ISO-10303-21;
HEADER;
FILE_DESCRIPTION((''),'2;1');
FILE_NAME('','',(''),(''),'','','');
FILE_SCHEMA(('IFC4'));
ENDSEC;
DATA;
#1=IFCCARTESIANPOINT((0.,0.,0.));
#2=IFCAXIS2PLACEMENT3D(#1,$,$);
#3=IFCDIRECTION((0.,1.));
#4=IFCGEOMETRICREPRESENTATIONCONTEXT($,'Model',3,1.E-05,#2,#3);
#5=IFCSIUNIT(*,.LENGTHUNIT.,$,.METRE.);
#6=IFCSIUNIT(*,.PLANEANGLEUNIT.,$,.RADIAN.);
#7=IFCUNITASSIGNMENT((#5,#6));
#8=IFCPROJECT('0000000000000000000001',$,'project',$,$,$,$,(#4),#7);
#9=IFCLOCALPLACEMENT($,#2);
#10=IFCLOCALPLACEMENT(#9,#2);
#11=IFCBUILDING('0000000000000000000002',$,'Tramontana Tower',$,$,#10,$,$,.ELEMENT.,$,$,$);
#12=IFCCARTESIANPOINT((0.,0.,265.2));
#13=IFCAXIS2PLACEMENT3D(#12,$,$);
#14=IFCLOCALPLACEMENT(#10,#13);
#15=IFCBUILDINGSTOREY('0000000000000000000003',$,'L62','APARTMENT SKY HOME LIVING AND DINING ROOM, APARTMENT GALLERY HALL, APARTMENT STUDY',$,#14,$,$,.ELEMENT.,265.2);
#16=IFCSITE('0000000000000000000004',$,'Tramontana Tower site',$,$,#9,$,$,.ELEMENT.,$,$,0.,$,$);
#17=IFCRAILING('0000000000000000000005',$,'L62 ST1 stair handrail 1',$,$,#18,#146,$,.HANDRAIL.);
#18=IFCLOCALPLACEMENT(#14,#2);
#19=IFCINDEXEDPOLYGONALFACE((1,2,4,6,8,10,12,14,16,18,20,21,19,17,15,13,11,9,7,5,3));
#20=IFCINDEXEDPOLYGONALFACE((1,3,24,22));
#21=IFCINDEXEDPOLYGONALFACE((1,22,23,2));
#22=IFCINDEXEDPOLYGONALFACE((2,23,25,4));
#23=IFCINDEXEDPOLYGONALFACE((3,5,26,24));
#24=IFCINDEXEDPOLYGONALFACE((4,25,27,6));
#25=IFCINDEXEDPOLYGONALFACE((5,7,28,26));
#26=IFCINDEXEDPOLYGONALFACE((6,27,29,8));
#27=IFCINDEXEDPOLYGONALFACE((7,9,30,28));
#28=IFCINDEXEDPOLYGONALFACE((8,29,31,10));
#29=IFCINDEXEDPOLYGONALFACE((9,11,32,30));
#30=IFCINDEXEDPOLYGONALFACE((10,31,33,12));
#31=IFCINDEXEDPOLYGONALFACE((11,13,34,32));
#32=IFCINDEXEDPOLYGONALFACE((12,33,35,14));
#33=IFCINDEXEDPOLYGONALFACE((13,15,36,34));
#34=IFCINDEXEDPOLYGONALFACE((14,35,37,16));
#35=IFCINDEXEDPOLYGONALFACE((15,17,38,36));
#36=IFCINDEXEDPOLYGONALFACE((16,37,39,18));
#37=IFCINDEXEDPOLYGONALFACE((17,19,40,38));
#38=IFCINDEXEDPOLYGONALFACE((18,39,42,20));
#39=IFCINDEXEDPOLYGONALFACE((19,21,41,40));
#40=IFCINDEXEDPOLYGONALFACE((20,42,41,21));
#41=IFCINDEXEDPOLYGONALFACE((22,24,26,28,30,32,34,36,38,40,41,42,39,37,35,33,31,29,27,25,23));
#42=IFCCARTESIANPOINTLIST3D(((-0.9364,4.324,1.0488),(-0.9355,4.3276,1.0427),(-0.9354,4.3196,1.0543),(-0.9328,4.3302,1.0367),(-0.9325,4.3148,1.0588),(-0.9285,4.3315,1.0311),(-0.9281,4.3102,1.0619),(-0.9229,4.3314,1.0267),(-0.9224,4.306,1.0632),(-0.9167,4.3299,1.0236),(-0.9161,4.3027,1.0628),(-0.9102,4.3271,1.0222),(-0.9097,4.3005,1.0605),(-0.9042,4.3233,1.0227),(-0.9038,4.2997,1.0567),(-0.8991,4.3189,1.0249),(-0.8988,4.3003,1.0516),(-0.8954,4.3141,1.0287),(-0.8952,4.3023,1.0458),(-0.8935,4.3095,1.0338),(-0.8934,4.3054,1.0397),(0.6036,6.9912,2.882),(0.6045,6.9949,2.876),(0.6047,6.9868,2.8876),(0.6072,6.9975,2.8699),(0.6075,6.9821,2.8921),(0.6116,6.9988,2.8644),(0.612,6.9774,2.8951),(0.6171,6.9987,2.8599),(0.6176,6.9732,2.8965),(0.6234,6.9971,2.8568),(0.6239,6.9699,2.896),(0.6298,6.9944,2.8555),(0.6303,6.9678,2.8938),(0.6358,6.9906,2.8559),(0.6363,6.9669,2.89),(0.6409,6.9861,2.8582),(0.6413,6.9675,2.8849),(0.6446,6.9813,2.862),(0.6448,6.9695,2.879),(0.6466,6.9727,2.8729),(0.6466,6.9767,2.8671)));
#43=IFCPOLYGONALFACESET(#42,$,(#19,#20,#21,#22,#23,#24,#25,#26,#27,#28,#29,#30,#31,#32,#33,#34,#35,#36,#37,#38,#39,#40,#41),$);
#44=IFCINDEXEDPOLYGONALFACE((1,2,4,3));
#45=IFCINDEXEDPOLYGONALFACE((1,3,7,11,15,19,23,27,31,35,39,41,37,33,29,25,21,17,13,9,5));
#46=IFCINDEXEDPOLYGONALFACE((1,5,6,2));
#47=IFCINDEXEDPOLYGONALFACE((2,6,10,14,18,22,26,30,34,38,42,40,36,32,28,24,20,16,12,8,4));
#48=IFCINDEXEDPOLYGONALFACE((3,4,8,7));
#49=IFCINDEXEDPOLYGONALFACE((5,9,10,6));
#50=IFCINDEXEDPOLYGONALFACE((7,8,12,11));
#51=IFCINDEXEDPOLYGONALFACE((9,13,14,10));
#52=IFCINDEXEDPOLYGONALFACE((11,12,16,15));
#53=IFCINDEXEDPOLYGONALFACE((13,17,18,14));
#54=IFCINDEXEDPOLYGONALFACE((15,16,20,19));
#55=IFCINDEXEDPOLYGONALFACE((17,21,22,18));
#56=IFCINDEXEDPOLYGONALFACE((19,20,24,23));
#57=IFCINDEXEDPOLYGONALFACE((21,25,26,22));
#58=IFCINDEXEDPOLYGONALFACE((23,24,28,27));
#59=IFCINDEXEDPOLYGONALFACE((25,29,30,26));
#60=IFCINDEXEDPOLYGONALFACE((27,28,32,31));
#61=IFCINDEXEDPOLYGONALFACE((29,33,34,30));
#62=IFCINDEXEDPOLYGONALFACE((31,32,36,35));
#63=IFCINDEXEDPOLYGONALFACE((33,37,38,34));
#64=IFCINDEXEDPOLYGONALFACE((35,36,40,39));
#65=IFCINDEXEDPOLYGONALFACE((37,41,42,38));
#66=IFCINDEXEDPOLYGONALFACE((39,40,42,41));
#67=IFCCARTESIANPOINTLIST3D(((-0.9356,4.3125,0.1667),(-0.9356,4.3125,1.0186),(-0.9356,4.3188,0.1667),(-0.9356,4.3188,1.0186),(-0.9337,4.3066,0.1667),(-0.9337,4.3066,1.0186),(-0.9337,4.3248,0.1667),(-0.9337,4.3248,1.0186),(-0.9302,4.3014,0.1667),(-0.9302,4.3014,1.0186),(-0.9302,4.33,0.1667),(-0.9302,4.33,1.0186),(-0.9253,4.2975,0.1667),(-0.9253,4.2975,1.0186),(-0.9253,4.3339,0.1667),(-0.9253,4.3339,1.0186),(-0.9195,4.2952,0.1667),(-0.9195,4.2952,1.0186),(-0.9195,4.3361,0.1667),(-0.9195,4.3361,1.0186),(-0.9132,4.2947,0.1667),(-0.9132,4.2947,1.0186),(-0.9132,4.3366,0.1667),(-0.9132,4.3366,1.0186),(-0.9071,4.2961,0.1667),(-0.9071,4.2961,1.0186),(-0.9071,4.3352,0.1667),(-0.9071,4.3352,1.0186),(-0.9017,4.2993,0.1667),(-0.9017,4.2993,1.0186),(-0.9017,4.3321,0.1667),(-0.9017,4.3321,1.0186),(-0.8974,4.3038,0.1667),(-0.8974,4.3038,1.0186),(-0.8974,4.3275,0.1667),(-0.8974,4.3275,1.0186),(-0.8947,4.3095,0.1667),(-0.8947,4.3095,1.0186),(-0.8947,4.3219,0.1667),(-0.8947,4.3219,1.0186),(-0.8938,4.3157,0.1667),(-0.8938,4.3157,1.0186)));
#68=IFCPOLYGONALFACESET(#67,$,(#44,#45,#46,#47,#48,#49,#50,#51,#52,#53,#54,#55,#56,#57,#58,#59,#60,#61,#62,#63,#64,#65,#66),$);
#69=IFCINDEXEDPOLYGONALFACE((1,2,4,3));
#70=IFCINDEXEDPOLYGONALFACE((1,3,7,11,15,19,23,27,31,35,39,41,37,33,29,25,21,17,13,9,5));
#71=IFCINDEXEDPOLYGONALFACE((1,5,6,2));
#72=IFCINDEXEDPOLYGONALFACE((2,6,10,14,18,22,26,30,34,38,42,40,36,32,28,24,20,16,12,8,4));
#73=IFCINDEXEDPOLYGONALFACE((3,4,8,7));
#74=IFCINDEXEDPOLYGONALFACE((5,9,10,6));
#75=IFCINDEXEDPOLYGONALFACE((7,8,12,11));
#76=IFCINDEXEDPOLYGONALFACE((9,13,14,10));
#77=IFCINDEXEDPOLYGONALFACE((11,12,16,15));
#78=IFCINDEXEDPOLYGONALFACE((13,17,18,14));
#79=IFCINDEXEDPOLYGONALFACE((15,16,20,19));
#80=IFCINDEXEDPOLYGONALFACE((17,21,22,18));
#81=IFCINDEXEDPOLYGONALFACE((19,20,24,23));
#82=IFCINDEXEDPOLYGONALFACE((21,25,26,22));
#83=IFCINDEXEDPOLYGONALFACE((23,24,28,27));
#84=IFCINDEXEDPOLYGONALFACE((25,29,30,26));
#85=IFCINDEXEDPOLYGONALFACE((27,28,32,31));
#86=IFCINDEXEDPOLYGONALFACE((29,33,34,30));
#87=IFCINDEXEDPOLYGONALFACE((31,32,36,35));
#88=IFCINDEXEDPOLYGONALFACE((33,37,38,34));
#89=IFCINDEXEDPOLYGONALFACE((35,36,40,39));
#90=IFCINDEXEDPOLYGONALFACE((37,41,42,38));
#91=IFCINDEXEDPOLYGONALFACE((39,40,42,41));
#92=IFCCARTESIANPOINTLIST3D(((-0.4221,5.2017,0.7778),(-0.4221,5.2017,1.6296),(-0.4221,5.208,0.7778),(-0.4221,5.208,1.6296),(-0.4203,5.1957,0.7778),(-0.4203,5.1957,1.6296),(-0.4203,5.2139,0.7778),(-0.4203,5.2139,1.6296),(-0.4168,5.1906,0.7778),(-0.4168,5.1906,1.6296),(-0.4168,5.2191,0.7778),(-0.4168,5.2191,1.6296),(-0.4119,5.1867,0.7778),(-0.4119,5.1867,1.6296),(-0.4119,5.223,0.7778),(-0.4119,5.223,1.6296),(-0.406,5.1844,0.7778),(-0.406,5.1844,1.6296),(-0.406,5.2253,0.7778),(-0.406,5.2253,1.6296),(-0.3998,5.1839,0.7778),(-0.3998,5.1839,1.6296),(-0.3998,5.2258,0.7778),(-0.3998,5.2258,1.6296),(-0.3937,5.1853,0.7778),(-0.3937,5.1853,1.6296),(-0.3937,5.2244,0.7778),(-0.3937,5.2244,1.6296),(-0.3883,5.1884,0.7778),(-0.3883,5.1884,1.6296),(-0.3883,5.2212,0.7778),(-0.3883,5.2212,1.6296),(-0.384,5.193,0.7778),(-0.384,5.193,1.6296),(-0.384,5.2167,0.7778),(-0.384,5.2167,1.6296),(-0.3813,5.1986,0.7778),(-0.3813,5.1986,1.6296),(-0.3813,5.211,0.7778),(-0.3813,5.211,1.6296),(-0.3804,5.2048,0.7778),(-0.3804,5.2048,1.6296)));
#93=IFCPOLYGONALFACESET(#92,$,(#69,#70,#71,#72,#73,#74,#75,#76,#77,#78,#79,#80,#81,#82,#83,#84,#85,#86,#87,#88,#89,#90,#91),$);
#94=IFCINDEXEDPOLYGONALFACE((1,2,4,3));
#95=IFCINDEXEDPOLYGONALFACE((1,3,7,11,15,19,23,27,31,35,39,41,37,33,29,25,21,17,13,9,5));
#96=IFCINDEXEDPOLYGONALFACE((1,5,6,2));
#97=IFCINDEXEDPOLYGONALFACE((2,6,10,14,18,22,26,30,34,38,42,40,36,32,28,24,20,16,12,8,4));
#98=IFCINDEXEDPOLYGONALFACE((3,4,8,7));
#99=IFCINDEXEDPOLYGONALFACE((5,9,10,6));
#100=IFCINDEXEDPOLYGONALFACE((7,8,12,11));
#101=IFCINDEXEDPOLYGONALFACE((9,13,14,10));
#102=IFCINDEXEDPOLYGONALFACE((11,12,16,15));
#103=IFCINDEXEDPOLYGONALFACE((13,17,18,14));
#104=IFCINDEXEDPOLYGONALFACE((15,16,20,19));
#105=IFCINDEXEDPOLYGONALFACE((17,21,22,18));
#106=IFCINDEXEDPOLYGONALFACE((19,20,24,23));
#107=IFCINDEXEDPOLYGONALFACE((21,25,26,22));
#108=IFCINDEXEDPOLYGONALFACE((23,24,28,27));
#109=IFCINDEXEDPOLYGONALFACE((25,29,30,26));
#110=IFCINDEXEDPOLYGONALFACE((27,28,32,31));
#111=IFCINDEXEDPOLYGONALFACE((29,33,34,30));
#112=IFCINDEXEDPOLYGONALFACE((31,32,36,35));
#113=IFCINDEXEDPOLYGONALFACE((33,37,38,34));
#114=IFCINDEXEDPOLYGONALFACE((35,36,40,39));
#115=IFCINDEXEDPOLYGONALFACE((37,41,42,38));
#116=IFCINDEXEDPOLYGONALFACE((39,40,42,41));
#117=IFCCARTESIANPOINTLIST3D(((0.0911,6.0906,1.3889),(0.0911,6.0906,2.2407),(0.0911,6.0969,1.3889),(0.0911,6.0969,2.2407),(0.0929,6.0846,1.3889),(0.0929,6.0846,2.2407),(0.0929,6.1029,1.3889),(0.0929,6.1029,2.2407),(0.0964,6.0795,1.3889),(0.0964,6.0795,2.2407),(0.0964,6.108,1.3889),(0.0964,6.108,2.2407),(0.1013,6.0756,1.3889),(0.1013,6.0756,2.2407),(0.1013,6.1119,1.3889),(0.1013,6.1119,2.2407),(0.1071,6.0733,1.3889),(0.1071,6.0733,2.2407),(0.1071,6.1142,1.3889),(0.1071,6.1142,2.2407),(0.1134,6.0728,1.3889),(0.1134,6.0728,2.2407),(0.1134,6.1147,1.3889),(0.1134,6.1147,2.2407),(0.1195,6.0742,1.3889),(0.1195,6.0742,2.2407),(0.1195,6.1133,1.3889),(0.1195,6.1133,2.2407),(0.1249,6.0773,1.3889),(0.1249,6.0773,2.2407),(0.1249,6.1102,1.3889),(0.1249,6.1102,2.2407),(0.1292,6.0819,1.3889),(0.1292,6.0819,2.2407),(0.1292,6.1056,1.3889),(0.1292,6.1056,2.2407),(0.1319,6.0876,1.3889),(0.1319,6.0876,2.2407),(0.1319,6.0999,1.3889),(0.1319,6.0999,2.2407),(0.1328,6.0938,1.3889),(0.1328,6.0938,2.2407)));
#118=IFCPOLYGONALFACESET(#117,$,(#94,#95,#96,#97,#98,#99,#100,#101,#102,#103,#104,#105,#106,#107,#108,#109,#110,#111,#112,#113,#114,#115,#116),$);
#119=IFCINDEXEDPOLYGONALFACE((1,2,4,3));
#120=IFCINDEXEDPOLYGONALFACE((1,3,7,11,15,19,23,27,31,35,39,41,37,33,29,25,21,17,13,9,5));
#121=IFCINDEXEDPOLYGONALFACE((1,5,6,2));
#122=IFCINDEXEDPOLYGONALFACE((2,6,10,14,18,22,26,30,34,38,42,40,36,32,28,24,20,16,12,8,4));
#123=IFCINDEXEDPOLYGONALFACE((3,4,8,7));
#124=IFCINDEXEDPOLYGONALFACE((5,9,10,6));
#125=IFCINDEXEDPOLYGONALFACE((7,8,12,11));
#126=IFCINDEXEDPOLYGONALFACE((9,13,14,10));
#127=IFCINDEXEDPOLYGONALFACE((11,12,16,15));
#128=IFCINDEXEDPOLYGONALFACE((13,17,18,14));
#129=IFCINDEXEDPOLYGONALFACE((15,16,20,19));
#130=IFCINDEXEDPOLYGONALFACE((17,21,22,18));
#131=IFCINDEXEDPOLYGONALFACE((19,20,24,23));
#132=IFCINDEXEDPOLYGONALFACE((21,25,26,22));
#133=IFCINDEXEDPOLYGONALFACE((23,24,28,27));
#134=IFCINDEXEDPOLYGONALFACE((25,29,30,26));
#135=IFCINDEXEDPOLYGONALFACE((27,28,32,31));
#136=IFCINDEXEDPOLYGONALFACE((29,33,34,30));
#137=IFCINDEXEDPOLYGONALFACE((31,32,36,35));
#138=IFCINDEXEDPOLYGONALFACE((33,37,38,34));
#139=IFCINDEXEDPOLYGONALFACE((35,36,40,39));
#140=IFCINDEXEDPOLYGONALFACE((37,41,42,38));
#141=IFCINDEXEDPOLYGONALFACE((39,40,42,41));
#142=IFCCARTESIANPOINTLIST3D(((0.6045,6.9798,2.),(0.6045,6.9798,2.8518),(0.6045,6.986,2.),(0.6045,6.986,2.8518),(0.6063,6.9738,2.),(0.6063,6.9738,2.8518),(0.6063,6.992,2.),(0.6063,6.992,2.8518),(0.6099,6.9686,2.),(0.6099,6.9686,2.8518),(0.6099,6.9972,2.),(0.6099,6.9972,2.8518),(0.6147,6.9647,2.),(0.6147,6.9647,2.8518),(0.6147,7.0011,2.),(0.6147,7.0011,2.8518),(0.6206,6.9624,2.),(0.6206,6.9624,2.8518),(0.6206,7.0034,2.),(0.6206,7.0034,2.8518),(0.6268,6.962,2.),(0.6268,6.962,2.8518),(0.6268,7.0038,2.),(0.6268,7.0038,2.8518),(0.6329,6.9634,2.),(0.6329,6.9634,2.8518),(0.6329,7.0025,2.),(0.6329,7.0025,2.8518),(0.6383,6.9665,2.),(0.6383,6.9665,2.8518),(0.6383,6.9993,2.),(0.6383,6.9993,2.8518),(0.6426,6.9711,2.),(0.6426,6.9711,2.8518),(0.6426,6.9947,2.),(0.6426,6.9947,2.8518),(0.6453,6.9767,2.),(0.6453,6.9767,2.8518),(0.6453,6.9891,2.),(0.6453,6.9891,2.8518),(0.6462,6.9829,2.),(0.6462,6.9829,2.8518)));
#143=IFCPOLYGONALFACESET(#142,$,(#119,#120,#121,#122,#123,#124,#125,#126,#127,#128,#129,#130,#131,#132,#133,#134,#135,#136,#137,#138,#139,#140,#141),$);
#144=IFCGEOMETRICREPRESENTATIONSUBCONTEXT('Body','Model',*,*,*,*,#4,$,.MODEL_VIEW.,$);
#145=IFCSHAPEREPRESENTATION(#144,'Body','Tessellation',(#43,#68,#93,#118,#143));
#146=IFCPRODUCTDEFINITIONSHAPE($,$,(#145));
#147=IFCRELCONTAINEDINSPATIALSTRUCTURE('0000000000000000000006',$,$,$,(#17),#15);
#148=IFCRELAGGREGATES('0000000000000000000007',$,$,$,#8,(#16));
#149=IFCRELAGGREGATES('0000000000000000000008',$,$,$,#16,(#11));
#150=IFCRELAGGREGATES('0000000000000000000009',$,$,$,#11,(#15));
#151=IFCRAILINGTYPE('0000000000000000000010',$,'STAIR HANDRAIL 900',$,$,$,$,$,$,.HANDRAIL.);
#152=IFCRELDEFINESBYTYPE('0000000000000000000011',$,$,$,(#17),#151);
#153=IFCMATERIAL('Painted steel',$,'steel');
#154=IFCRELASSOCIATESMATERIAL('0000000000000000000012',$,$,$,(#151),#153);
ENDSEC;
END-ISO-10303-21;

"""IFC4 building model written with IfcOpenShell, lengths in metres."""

from ifc_helpers import new_model, si_unit, direction, frame, origin, origin_2d, place, context, subcontext, project, spatial, circle, extrude, material, type_object, element, save


model = new_model("IFC4")

# Units and contexts
model_context = context("Model", 3, precision=1e-05, world=origin(), true_north=direction((0.0, 1.0)))
body_context = subcontext(model_context, "Body", "Model", "MODEL_VIEW")
ifc_project = project(units=[si_unit("LENGTHUNIT", "METRE"), si_unit("PLANEANGLEUNIT", "RADIAN")], contexts=[model_context])

# Site, building, storey
site_placement = place(None, origin())
site = spatial("IfcSite", under=ifc_project, at=site_placement, Name="Tramontana Tower site", CompositionType="ELEMENT", RefElevation=0.0)
building_placement = place(site_placement, origin())
building = spatial("IfcBuilding", under=site, at=building_placement, Name="Tramontana Tower", CompositionType="ELEMENT")
storey_placement = place(building_placement, frame((0.0, 0.0, 265.2)))
storey = spatial("IfcBuildingStorey", under=building, at=storey_placement, Name="L62", Description="APARTMENT SKY HOME LIVING AND DINING ROOM, APARTMENT GALLERY HALL, APARTMENT STUDY", CompositionType="ELEMENT", Elevation=265.2)

# Railing
ifc_material_1 = material(Name="Painted steel", Category="steel")
railing_type_1 = type_object("IfcRailingType", Name="STAIR HANDRAIL 900", PredefinedType="HANDRAIL", material=ifc_material_1)
railing_1_placement = place(storey_placement, frame((-0.9148, 4.3157, 0.1667)))
element("IfcRailing", 1, at=railing_1_placement, inside=storey, type_object=railing_type_1, Name="L62 ST1 stair handrail 1", PredefinedType="HANDRAIL", context=body_context, shape_type="SweptSolid", body=[
    extrude(circle(Radius=0.0239, at=origin_2d()), frame((0.0, 0.0, 0.876), z_axis=(0.429671, 0.744159, 0.511478), x_axis=(-0.86601, 0.500027, 0.0)), (0.0, 0.0, 1.0), 3.5842),
    extrude(circle(Radius=0.021, at=origin_2d()), origin(), (0.0, 0.0, 1.0), 0.8518),
    extrude(circle(Radius=0.021, at=origin_2d()), frame((0.5134, 0.8892, 0.6111)), (0.0, 0.0, 1.0), 0.8518),
    extrude(circle(Radius=0.021, at=origin_2d()), frame((1.0266, 1.7781, 1.2222)), (0.0, 0.0, 1.0), 0.8518),
    extrude(circle(Radius=0.021, at=origin_2d()), frame((1.54, 2.6672, 1.8333)), (0.0, 0.0, 1.0), 0.8518),
])

save(model, "model.ifc")
